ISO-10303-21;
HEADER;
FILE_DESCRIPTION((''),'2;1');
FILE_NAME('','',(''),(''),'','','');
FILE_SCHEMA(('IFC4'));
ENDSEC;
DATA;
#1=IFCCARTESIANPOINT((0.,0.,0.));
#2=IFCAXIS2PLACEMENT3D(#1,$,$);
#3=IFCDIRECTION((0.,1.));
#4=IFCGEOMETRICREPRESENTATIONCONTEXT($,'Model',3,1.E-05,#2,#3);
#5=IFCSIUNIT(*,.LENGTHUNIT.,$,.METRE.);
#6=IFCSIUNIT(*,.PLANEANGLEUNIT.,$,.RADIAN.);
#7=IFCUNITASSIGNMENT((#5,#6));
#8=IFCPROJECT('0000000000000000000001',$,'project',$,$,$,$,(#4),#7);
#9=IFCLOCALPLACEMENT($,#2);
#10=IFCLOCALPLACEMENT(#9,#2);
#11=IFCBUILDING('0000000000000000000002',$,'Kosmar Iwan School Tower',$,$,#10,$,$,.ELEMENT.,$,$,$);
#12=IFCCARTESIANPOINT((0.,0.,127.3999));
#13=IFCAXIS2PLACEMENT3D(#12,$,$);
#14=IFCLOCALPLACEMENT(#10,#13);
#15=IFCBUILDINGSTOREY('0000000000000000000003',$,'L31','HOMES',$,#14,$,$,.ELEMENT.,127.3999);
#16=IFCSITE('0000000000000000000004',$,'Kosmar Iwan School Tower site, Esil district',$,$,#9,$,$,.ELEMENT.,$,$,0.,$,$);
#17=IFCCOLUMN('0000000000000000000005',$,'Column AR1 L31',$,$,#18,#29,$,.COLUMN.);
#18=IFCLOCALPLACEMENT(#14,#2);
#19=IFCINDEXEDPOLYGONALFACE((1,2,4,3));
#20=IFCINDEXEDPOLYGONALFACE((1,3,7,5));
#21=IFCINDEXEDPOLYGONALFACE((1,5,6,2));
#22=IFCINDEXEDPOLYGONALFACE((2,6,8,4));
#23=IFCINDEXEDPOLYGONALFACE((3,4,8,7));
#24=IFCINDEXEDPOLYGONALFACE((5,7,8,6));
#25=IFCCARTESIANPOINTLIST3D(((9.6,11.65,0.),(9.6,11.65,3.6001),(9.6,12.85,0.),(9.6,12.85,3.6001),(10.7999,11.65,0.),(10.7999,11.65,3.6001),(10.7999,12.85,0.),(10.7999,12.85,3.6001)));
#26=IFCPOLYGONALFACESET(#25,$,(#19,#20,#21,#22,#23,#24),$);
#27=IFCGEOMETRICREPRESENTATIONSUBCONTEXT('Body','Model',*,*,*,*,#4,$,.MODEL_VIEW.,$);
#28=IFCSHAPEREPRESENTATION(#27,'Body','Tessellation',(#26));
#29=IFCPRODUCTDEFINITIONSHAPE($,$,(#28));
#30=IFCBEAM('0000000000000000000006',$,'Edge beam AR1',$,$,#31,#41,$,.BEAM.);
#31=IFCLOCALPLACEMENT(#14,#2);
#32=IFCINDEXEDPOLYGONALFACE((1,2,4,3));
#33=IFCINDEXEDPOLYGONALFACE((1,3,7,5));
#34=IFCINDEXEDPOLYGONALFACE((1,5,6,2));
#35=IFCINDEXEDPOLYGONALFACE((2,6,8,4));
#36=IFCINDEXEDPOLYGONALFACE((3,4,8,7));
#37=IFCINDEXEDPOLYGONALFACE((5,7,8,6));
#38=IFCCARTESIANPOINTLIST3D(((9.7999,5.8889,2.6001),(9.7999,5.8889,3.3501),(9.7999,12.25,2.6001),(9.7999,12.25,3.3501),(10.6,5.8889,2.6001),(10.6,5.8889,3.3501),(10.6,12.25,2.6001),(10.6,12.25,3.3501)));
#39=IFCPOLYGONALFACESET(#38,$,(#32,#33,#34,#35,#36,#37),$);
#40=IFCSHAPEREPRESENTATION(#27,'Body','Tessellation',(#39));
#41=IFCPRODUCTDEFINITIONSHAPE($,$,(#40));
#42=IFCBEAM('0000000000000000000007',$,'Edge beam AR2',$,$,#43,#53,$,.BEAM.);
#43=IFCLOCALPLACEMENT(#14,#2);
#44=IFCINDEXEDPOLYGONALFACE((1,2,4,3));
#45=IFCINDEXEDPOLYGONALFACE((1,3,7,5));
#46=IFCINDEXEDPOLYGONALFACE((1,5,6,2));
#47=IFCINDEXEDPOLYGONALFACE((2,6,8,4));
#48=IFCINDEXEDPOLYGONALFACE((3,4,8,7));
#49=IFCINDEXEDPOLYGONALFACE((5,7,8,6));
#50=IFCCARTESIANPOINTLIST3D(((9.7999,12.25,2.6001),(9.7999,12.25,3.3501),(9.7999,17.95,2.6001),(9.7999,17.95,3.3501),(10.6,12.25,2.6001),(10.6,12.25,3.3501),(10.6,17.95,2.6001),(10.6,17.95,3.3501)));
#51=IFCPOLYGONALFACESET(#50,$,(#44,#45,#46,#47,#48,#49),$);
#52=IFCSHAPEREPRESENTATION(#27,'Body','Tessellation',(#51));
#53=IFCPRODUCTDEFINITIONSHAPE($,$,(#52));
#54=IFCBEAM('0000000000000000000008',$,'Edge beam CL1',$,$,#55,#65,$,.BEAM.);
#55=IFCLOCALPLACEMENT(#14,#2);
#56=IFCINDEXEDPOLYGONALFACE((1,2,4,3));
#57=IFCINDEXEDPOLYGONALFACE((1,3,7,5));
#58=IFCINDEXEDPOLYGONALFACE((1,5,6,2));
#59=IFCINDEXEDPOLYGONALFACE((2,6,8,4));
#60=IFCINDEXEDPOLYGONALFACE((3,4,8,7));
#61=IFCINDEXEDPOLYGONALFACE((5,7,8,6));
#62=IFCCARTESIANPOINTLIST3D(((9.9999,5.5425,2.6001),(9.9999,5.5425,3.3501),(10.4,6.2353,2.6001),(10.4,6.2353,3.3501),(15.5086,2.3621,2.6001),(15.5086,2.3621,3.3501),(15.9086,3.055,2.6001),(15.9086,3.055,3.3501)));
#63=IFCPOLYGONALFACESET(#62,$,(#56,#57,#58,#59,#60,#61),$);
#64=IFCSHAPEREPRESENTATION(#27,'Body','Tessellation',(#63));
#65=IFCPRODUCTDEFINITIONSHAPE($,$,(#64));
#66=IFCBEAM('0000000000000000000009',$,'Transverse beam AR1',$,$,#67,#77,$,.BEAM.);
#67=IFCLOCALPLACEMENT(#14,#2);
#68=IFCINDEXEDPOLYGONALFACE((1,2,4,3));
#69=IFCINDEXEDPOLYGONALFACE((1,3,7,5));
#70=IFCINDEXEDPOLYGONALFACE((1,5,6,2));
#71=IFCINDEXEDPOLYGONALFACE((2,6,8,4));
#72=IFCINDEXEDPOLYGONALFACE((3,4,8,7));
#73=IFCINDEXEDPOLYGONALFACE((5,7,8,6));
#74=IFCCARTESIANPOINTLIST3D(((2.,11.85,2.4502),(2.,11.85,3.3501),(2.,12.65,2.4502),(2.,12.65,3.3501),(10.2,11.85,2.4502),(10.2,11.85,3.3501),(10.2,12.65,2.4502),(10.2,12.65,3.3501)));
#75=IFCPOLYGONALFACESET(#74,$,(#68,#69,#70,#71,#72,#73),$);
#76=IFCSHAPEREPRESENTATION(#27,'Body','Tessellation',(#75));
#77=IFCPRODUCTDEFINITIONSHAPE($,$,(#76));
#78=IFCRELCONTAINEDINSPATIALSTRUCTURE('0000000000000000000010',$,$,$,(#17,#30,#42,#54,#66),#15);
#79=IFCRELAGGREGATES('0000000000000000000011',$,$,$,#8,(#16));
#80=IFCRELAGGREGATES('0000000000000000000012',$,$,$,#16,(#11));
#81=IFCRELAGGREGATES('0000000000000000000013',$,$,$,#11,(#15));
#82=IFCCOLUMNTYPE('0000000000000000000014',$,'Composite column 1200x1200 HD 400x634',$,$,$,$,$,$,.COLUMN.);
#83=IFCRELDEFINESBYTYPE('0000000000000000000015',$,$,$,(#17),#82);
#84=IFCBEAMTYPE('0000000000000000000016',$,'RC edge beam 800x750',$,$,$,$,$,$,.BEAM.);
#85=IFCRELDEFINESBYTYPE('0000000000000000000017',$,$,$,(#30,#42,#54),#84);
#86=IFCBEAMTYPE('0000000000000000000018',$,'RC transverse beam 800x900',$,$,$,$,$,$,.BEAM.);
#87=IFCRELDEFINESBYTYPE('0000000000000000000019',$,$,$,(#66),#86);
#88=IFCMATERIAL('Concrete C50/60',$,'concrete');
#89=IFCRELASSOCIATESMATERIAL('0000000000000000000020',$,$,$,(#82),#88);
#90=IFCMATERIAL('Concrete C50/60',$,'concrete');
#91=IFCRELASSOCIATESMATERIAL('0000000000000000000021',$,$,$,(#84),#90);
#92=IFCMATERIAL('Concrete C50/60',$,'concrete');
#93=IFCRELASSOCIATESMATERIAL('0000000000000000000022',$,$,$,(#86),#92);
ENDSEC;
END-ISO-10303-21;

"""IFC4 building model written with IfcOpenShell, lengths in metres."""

from ifc_helpers import new_model, si_unit, direction, frame, origin, origin_2d, place, context, subcontext, project, spatial, rectangle, extrude, material, material_profile, profile_set, type_object, element, save


model = new_model("IFC4")

# Units and contexts
model_context = context("Model", 3, precision=1e-05, world=origin(), true_north=direction((0.0, 1.0)))
body_context = subcontext(model_context, "Body", "Model", "MODEL_VIEW")
ifc_project = project(units=[si_unit("LENGTHUNIT", "METRE"), si_unit("PLANEANGLEUNIT", "RADIAN")], contexts=[model_context])

# Site, building, storey
site_placement = place(None, origin())
site = spatial("IfcSite", under=ifc_project, at=site_placement, Name="Kosmar Iwan School Tower site, Esil district", CompositionType="ELEMENT", RefElevation=0.0)
building_placement = place(site_placement, origin())
building = spatial("IfcBuilding", under=site, at=building_placement, Name="Kosmar Iwan School Tower", CompositionType="ELEMENT")
storey_placement = place(building_placement, frame((0.0, 0.0, 127.3999)))
storey = spatial("IfcBuildingStorey", under=building, at=storey_placement, Name="L31", Description="HOMES", CompositionType="ELEMENT", Elevation=127.3999)

# Column
ifc_material_1 = material(Name="Concrete C50/60", Category="concrete")
ifc_material_profile_1 = material_profile(ifc_material_1, rectangle(XDim=1.2, YDim=1.2, at=origin_2d()), Name="RC 1200x1200 + HD 400x634")
ifc_profile_set_1 = profile_set([ifc_material_profile_1], Name="Concrete C50/60")
column_type = type_object("IfcColumnType", Name="Composite column 1200x1200 HD 400x634", PredefinedType="COLUMN", material=ifc_profile_set_1)
column_placement = place(storey_placement, frame((10.2, 12.25, 0.0), z_axis=(0.0, 0.0, 1.0), x_axis=(0.0, 1.0, 0.0)))
element("IfcColumn", 1, at=column_placement, inside=storey, type_object=column_type, Name="Column AR1 L31", PredefinedType="COLUMN", context=body_context, shape_type="SweptSolid", body=[
    extrude(rectangle(XDim=1.2, YDim=1.2, at=origin_2d()), origin(), (0.0, 0.0, 1.0), 3.6001),
])

# Beams
ifc_material_2 = material(Name="Concrete C50/60", Category="concrete")
ifc_material_profile_2 = material_profile(ifc_material_2, rectangle(XDim=0.8, YDim=0.75, at=origin_2d()), Name="RC 800x750")
ifc_profile_set_2 = profile_set([ifc_material_profile_2], Name="Concrete C50/60")
beam_type_1 = type_object("IfcBeamType", Name="RC edge beam 800x750", PredefinedType="BEAM", material=ifc_profile_set_2)
beam_1_placement = place(storey_placement, frame((10.2, 5.8889, 2.9751), z_axis=(0.0, 1.0, 0.0), x_axis=(-1.0, 0.0, 0.0)))
element("IfcBeam", 2, at=beam_1_placement, inside=storey, type_object=beam_type_1, Name="Edge beam AR1", PredefinedType="BEAM", context=body_context, shape_type="SweptSolid", body=[
    extrude(rectangle(XDim=0.8, YDim=0.75, at=origin_2d()), origin(), (0.0, 0.0, 1.0), 6.3611),
])
beam_2_placement = place(storey_placement, frame((10.2, 12.25, 2.9751), z_axis=(0.0, 1.0, 0.0), x_axis=(-1.0, 0.0, 0.0)))
element("IfcBeam", 3, at=beam_2_placement, inside=storey, type_object=beam_type_1, Name="Edge beam AR2", PredefinedType="BEAM", context=body_context, shape_type="SweptSolid", body=[
    extrude(rectangle(XDim=0.8, YDim=0.75, at=origin_2d()), origin(), (0.0, 0.0, 1.0), 5.7),
])
beam_3_placement = place(storey_placement, frame((10.2, 5.8889, 2.9751), z_axis=(0.866031, -0.49999, 0.0), x_axis=(0.49999, 0.866031, 0.0)))
element("IfcBeam", 4, at=beam_3_placement, inside=storey, type_object=beam_type_1, Name="Edge beam CL1", PredefinedType="BEAM", context=body_context, shape_type="SweptSolid", body=[
    extrude(rectangle(XDim=0.8, YDim=0.75, at=origin_2d()), origin(), (0.0, 0.0, 1.0), 6.3608),
])
ifc_material_3 = material(Name="Concrete C50/60", Category="concrete")
ifc_material_profile_3 = material_profile(ifc_material_3, rectangle(XDim=0.8, YDim=0.8999, at=origin_2d()), Name="RC 800x900")
ifc_profile_set_3 = profile_set([ifc_material_profile_3], Name="Concrete C50/60")
beam_type_2 = type_object("IfcBeamType", Name="RC transverse beam 800x900", PredefinedType="BEAM", material=ifc_profile_set_3)
beam_4_placement = place(storey_placement, frame((10.2, 12.25, 2.9001), z_axis=(-1.0, 0.0, 0.0), x_axis=(0.0, -1.0, 0.0)))
element("IfcBeam", 5, at=beam_4_placement, inside=storey, type_object=beam_type_2, Name="Transverse beam AR1", PredefinedType="BEAM", context=body_context, shape_type="SweptSolid", body=[
    extrude(rectangle(XDim=0.8, YDim=0.8999, at=origin_2d()), origin(), (0.0, 0.0, 1.0), 8.2),
])

save(model, "model.ifc")
